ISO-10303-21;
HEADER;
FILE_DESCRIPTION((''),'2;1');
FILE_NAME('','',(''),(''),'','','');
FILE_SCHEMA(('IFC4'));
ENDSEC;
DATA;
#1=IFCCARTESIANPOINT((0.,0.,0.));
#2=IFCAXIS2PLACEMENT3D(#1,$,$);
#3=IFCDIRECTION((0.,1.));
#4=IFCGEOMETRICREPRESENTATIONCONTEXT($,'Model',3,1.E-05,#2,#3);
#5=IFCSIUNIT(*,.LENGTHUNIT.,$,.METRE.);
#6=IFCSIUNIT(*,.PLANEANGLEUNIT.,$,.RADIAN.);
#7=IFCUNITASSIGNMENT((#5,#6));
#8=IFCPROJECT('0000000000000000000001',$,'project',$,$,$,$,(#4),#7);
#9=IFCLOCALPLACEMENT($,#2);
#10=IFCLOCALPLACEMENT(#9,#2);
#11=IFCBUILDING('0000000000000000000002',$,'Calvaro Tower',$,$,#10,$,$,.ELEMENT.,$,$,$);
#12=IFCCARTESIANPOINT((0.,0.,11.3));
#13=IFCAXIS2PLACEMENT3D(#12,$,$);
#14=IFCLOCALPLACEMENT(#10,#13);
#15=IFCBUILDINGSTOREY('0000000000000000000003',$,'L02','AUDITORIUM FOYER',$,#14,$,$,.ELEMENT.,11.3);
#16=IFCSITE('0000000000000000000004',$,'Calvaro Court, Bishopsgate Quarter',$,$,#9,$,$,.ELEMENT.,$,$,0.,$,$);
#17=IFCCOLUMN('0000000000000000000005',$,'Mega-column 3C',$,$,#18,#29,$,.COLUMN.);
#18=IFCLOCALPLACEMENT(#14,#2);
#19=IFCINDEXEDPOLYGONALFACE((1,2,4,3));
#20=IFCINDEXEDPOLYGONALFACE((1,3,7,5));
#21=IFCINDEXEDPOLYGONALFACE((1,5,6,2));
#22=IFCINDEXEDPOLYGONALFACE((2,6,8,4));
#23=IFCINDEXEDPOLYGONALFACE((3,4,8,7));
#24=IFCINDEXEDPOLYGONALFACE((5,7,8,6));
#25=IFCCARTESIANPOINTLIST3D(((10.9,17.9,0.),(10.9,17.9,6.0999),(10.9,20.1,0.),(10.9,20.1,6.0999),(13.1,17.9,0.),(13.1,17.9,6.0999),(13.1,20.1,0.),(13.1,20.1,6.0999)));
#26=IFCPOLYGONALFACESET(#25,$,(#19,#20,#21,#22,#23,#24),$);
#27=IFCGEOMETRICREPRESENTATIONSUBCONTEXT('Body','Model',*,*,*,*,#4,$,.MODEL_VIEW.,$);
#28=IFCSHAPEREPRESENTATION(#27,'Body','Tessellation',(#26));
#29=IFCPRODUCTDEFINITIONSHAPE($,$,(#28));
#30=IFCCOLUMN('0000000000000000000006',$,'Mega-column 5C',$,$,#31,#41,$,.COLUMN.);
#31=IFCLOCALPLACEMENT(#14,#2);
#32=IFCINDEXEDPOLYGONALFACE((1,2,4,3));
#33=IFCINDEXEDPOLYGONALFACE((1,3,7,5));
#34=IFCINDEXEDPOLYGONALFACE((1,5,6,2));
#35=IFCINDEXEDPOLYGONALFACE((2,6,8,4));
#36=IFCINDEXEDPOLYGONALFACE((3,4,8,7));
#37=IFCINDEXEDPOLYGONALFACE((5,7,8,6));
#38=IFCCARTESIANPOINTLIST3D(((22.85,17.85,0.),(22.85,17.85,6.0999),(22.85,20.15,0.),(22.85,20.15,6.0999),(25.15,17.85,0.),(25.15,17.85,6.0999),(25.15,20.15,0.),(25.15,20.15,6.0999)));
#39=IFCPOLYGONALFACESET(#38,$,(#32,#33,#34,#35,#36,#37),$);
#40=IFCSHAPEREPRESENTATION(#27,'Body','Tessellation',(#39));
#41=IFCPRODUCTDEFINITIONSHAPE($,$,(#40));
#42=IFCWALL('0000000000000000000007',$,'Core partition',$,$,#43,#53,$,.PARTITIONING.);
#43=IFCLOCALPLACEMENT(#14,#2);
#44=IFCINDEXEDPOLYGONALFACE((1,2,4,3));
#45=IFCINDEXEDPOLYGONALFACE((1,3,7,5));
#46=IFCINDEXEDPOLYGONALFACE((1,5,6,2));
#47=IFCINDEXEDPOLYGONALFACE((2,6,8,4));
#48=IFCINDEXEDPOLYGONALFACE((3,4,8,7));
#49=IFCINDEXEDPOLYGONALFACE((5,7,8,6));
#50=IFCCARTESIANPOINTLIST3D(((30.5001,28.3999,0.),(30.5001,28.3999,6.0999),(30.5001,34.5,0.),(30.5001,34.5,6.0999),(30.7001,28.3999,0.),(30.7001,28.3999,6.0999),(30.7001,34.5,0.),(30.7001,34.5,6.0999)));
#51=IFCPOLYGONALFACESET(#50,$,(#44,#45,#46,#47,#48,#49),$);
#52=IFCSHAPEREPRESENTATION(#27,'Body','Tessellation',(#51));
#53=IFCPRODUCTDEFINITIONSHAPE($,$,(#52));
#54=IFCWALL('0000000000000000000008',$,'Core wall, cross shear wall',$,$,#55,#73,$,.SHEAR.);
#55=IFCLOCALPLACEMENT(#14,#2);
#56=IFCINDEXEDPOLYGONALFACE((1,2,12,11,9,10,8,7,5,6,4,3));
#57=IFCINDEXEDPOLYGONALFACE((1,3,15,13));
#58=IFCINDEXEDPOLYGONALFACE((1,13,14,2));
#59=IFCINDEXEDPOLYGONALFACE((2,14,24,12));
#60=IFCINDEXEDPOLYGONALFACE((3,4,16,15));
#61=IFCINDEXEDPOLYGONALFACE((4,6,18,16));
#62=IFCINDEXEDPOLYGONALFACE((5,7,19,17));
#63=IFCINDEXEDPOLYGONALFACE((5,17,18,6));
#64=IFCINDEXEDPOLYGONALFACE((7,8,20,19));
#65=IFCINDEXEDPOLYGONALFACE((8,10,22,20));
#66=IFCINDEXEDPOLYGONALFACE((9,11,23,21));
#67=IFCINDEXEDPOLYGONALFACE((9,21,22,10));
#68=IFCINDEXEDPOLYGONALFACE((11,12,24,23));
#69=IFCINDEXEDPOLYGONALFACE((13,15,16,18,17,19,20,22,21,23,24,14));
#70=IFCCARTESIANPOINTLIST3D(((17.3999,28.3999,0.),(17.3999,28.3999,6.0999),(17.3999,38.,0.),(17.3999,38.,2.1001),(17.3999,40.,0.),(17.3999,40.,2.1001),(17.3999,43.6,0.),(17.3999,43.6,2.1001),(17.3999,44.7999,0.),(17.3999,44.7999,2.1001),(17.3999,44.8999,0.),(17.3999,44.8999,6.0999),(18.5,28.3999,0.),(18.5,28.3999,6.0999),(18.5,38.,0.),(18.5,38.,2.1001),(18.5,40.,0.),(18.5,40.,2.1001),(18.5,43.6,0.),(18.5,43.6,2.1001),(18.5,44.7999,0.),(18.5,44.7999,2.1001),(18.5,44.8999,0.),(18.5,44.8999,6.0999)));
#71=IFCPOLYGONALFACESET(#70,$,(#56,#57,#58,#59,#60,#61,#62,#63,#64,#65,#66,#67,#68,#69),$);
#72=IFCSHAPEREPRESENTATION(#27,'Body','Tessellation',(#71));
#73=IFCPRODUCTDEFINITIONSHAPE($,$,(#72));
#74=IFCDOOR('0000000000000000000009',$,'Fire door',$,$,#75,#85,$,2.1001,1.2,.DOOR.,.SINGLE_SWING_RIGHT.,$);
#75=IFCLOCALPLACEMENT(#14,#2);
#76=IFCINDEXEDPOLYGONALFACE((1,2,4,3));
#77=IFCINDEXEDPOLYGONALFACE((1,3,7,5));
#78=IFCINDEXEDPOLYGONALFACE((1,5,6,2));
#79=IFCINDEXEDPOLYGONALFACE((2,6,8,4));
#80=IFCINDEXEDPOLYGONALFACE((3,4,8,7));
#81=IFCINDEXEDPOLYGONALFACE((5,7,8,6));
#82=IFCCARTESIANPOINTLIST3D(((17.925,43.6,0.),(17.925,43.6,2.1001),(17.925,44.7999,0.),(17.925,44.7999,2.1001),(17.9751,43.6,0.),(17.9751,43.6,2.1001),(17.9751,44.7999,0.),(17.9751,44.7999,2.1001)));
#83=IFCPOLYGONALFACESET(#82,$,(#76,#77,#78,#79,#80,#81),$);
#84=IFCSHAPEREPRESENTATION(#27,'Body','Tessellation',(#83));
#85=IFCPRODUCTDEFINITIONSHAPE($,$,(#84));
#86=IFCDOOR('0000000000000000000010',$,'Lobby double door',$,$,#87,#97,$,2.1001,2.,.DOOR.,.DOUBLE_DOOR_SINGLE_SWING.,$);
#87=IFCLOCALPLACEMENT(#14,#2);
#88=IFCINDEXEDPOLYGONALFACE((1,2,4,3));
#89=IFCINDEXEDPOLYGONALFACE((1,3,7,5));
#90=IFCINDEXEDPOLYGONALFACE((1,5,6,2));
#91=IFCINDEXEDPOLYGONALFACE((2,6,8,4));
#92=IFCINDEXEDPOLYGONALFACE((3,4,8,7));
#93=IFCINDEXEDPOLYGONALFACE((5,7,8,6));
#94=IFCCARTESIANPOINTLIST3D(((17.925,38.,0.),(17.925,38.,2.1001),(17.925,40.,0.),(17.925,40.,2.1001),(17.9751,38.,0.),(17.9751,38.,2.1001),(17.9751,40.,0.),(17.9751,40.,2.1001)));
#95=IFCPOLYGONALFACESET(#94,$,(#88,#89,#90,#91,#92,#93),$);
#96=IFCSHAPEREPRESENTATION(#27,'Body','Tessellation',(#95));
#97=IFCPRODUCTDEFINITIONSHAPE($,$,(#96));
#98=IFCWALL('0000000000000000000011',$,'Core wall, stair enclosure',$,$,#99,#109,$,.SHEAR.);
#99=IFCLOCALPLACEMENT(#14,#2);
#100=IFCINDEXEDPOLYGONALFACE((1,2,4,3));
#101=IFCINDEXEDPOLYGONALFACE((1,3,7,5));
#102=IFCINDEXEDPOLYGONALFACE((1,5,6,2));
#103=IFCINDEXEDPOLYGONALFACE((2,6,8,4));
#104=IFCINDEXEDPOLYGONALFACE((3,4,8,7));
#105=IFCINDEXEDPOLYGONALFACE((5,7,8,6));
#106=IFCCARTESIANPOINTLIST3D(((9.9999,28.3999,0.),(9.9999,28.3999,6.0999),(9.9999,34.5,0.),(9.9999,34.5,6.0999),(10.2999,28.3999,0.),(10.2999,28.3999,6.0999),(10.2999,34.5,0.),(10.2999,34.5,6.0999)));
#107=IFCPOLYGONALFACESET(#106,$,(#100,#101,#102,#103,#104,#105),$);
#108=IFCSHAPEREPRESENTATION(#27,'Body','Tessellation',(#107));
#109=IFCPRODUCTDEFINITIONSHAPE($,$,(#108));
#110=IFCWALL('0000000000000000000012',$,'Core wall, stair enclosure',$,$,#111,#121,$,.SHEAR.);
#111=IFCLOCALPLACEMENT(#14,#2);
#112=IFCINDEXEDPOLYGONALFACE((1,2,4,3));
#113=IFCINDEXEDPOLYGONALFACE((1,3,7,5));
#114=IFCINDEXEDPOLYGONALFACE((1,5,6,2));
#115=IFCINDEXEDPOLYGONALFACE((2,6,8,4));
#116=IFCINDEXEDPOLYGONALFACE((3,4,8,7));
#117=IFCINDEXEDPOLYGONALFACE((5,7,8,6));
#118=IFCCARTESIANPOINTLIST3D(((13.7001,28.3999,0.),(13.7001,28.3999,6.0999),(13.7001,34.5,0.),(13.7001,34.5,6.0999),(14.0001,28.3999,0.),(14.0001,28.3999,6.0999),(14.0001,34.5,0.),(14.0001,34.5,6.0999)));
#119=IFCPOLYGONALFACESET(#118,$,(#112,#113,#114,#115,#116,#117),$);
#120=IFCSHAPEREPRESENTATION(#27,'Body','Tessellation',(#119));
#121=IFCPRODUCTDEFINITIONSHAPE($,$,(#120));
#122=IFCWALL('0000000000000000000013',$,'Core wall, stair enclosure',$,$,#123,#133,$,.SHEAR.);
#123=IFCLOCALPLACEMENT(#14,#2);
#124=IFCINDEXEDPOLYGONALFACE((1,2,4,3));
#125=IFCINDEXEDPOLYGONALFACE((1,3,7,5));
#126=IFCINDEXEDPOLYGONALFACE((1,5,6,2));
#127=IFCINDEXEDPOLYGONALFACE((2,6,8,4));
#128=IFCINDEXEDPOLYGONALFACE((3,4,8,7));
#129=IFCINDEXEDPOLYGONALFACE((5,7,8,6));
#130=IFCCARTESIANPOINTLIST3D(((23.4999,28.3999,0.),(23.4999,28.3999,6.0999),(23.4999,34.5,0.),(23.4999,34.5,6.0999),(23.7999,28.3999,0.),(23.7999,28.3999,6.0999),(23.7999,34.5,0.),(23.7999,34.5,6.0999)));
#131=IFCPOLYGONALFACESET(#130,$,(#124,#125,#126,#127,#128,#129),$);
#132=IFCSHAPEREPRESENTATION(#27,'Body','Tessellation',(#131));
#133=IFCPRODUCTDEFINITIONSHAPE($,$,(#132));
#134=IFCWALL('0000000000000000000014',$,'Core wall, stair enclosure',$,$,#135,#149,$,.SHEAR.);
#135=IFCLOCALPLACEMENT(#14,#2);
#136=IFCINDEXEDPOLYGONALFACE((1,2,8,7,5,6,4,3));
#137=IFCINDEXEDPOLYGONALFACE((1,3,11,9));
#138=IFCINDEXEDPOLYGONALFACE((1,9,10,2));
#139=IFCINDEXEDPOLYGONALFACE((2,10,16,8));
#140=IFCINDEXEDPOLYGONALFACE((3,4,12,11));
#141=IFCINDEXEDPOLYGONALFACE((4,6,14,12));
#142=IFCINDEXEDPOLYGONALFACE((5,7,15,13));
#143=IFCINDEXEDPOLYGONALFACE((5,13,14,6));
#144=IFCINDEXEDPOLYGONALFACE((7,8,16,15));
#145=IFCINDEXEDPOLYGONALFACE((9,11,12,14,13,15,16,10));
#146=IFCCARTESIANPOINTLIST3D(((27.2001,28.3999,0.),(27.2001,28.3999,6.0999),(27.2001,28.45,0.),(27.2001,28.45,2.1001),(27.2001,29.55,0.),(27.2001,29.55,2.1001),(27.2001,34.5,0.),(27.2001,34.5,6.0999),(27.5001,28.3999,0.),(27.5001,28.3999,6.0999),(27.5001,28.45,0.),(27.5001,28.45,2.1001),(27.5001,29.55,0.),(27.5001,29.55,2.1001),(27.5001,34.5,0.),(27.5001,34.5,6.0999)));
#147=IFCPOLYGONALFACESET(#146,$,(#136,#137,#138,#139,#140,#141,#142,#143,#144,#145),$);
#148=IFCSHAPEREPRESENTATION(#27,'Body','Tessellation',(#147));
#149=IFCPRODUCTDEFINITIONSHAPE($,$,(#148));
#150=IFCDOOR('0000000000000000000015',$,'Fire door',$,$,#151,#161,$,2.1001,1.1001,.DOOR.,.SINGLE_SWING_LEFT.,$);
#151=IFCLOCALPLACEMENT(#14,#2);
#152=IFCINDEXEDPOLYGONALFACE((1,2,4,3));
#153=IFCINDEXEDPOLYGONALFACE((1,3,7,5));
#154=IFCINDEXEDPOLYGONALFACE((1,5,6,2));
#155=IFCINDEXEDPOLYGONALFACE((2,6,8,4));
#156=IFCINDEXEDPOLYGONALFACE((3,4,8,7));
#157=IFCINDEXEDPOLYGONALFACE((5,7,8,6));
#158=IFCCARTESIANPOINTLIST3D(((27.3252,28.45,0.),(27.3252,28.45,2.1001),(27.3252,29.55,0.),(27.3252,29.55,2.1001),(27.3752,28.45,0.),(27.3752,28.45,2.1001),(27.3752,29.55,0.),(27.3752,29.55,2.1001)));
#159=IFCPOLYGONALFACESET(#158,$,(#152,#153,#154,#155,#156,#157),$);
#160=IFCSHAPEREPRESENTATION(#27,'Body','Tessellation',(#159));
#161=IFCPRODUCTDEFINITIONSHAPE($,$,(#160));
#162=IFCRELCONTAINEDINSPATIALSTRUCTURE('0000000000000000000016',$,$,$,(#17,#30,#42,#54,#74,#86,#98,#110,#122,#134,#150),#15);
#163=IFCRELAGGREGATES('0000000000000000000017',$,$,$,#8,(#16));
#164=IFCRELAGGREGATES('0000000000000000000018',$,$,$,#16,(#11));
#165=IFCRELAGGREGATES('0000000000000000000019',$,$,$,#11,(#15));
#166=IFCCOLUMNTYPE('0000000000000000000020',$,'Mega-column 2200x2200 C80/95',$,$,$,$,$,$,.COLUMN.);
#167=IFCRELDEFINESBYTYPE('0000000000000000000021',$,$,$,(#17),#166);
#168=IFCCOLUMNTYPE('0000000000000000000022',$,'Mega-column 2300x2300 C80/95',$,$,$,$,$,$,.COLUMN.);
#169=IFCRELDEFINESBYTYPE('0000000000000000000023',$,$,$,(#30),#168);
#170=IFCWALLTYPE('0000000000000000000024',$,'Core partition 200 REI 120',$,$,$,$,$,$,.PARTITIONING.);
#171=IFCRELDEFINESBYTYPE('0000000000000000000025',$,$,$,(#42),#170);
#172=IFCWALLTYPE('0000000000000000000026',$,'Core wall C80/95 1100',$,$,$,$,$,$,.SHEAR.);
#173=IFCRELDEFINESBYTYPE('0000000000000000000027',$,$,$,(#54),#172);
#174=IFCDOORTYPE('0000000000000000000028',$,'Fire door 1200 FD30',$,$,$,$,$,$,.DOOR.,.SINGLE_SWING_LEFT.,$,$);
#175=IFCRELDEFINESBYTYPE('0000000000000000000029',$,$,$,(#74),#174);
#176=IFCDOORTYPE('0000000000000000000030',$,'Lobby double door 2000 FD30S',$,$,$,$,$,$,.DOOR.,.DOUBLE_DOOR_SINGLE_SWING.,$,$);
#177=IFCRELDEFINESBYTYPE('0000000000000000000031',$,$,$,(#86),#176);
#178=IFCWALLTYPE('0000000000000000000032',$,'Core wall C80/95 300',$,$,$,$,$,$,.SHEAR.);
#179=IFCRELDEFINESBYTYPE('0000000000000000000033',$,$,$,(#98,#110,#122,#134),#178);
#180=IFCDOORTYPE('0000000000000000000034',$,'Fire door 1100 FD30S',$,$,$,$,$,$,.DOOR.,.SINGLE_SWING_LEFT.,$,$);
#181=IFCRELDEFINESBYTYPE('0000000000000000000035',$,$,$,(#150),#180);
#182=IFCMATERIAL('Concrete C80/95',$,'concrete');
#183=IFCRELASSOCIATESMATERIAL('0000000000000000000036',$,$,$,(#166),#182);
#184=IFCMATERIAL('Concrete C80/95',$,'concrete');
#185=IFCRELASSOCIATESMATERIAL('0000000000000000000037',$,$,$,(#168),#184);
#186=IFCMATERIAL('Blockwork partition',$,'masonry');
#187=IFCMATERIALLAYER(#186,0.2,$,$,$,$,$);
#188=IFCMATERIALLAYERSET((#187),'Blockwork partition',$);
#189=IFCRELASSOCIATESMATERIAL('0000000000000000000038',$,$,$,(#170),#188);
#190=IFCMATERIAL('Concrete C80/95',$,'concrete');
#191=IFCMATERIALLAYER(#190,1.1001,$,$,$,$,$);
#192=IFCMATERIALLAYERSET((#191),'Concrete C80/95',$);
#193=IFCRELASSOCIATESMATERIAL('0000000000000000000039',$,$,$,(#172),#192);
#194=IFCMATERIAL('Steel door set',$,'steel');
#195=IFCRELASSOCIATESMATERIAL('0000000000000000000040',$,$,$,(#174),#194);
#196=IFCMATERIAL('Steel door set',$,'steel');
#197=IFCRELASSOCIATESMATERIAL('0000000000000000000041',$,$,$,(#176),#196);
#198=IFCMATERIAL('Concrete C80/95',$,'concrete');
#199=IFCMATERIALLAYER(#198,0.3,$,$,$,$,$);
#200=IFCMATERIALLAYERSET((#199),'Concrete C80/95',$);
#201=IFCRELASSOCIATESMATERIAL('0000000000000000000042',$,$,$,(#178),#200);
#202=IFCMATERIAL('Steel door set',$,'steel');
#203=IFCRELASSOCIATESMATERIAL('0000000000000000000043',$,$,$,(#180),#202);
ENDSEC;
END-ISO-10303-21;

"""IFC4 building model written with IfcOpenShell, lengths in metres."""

from ifc_helpers import new_model, si_unit, direction, frame, frame_2d, origin, origin_2d, place, context, subcontext, project, spatial, rectangle, extrude, material, layer, layer_set, material_profile, profile_set, type_object, element, fill, save


model = new_model("IFC4")

# Units and contexts
model_context = context("Model", 3, precision=1e-05, world=origin(), true_north=direction((0.0, 1.0)))
body_context = subcontext(model_context, "Body", "Model", "MODEL_VIEW")
ifc_project = project(units=[si_unit("LENGTHUNIT", "METRE"), si_unit("PLANEANGLEUNIT", "RADIAN")], contexts=[model_context])

# Site, building, storey
site_placement = place(None, origin())
site = spatial("IfcSite", under=ifc_project, at=site_placement, Name="Calvaro Court, Bishopsgate Quarter", CompositionType="ELEMENT", RefElevation=0.0)
building_placement = place(site_placement, origin())
building = spatial("IfcBuilding", under=site, at=building_placement, Name="Calvaro Tower", CompositionType="ELEMENT")
storey_placement = place(building_placement, frame((0.0, 0.0, 11.3)))
storey = spatial("IfcBuildingStorey", under=building, at=storey_placement, Name="L02", Description="AUDITORIUM FOYER", CompositionType="ELEMENT", Elevation=11.3)

# Columns
ifc_material_1 = material(Name="Concrete C80/95", Category="concrete")
ifc_material_profile_1 = material_profile(ifc_material_1, rectangle(XDim=2.2, YDim=2.2, at=origin_2d()), Name="RC 2200x2200")
ifc_profile_set_1 = profile_set([ifc_material_profile_1], Name="Concrete C80/95")
column_type_1 = type_object("IfcColumnType", Name="Mega-column 2200x2200 C80/95", PredefinedType="COLUMN", material=ifc_profile_set_1)
column_1_placement = place(storey_placement, frame((12.0, 19.0, 0.0), z_axis=(0.0, 0.0, 1.0), x_axis=(1.0, 0.0, 0.0)))
element("IfcColumn", 1, at=column_1_placement, inside=storey, type_object=column_type_1, Name="Mega-column 3C", PredefinedType="COLUMN", context=body_context, shape_type="SweptSolid", body=[
    extrude(rectangle(XDim=2.2, YDim=2.2, at=origin_2d()), origin(), (0.0, 0.0, 1.0), 6.0999),
])
ifc_material_2 = material(Name="Concrete C80/95", Category="concrete")
ifc_material_profile_2 = material_profile(ifc_material_2, rectangle(XDim=2.3, YDim=2.3, at=origin_2d()), Name="RC 2300x2300")
ifc_profile_set_2 = profile_set([ifc_material_profile_2], Name="Concrete C80/95")
column_type_2 = type_object("IfcColumnType", Name="Mega-column 2300x2300 C80/95", PredefinedType="COLUMN", material=ifc_profile_set_2)
column_2_placement = place(storey_placement, frame((24.0, 19.0, 0.0), z_axis=(0.0, 0.0, 1.0), x_axis=(1.0, 0.0, 0.0)))
element("IfcColumn", 2, at=column_2_placement, inside=storey, type_object=column_type_2, Name="Mega-column 5C", PredefinedType="COLUMN", context=body_context, shape_type="SweptSolid", body=[
    extrude(rectangle(XDim=2.3, YDim=2.3, at=origin_2d()), origin(), (0.0, 0.0, 1.0), 6.0999),
])

# Wall
ifc_material_3 = material(Name="Blockwork partition", Category="masonry")
ifc_layer_1 = layer(ifc_material_3, 0.2)
ifc_layer_set_1 = layer_set([ifc_layer_1], Name="Blockwork partition")
wall_type_1 = type_object("IfcWallType", Name="Core partition 200 REI 120", PredefinedType="PARTITIONING", material=ifc_layer_set_1)
wall_1_placement = place(storey_placement, frame((30.6001, 28.3999, 0.0), z_axis=(0.0, 0.0, 1.0), x_axis=(0.0, 1.0, 0.0)))
element("IfcWall", 3, at=wall_1_placement, inside=storey, type_object=wall_type_1, Name="Core partition", PredefinedType="PARTITIONING", context=body_context, shape_type="SweptSolid", body=[
    extrude(rectangle(XDim=6.1001, YDim=0.2, at=frame_2d((3.05, 0.0))), origin(), (0.0, 0.0, 1.0), 6.0999),
])

# Wall, openings, doors
ifc_material_4 = material(Name="Concrete C80/95", Category="concrete")
ifc_layer_2 = layer(ifc_material_4, 1.1001)
ifc_layer_set_2 = layer_set([ifc_layer_2], Name="Concrete C80/95")
wall_type_2 = type_object("IfcWallType", Name="Core wall C80/95 1100", PredefinedType="SHEAR", material=ifc_layer_set_2)
wall_2_placement = place(storey_placement, frame((17.95, 28.3999, 0.0), z_axis=(0.0, 0.0, 1.0), x_axis=(0.0, 1.0, 0.0)))
wall_2 = element("IfcWall", 4, at=wall_2_placement, inside=storey, type_object=wall_type_2, Name="Core wall, cross shear wall", PredefinedType="SHEAR", context=body_context, shape_type="SweptSolid", body=[
    extrude(rectangle(XDim=16.5, YDim=1.1001, at=frame_2d((8.25, 0.0))), origin(), (0.0, 0.0, 1.0), 6.0999),
])
opening_1_placement = place(wall_2_placement, frame((9.6001, 0.0, 0.0)))
opening_1 = element("IfcOpeningElement", 5, at=opening_1_placement, cuts=wall_2, PredefinedType="OPENING", context=body_context, shape_type="SweptSolid", body=[
    extrude(rectangle(XDim=2.0, YDim=2.1001, at=frame_2d((1.0, 1.05))), frame((0.0, 0.5601, 0.0), z_axis=(0.0, -1.0, 0.0), x_axis=(1.0, 0.0, 0.0)), (0.0, 0.0, 1.0), 1.1201),
])
opening_2_placement = place(wall_2_placement, frame((15.2, 0.0, 0.0)))
opening_2 = element("IfcOpeningElement", 6, at=opening_2_placement, cuts=wall_2, PredefinedType="OPENING", context=body_context, shape_type="SweptSolid", body=[
    extrude(rectangle(XDim=1.2, YDim=2.1001, at=frame_2d((0.6001, 1.05))), frame((0.0, 0.5601, 0.0), z_axis=(0.0, -1.0, 0.0), x_axis=(1.0, 0.0, 0.0)), (0.0, 0.0, 1.0), 1.1201),
])
ifc_material_5 = material(Name="Steel door set", Category="steel")
door_type_1 = type_object("IfcDoorType", Name="Fire door 1200 FD30", OperationType="SINGLE_SWING_LEFT", PredefinedType="DOOR", material=ifc_material_5)
door_1_placement = place(opening_2_placement, origin())
door_1 = element("IfcDoor", 7, at=door_1_placement, inside=storey, type_object=door_type_1, Name="Fire door", OperationType="SINGLE_SWING_RIGHT", OverallHeight=2.1001, OverallWidth=1.2, PredefinedType="DOOR", context=body_context, shape_type="SweptSolid", body=[
    extrude(rectangle(XDim=1.2, YDim=2.1001, at=frame_2d((0.6001, 1.05))), frame((0.0, 0.0249, 0.0), z_axis=(0.0, -1.0, 0.0), x_axis=(1.0, 0.0, 0.0)), (0.0, 0.0, 1.0), 0.05),
])
fill(opening_2, door_1)
ifc_material_6 = material(Name="Steel door set", Category="steel")
door_type_2 = type_object("IfcDoorType", Name="Lobby double door 2000 FD30S", OperationType="DOUBLE_DOOR_SINGLE_SWING", PredefinedType="DOOR", material=ifc_material_6)
door_2_placement = place(opening_1_placement, origin())
door_2 = element("IfcDoor", 8, at=door_2_placement, inside=storey, type_object=door_type_2, Name="Lobby double door", OperationType="DOUBLE_DOOR_SINGLE_SWING", OverallHeight=2.1001, OverallWidth=2.0, PredefinedType="DOOR", context=body_context, shape_type="SweptSolid", body=[
    extrude(rectangle(XDim=2.0, YDim=2.1001, at=frame_2d((1.0, 1.05))), frame((0.0, 0.0249, 0.0), z_axis=(0.0, -1.0, 0.0), x_axis=(1.0, 0.0, 0.0)), (0.0, 0.0, 1.0), 0.05),
])
fill(opening_1, door_2)

# Walls
ifc_material_7 = material(Name="Concrete C80/95", Category="concrete")
ifc_layer_3 = layer(ifc_material_7, 0.3)
ifc_layer_set_3 = layer_set([ifc_layer_3], Name="Concrete C80/95")
wall_type_3 = type_object("IfcWallType", Name="Core wall C80/95 300", PredefinedType="SHEAR", material=ifc_layer_set_3)
for number, where, z_axis, x_axis, name in (
    (9, (10.1499, 28.3999, 0.0), (0.0, 0.0, 1.0), (0.0, 1.0, 0.0), "Core wall, stair enclosure"),
    (10, (13.8501, 28.3999, 0.0), (0.0, 0.0, 1.0), (0.0, 1.0, 0.0), "Core wall, stair enclosure"),
    (11, (23.6499, 28.3999, 0.0), (0.0, 0.0, 1.0), (0.0, 1.0, 0.0), "Core wall, stair enclosure"),
):
    element("IfcWall", number, at=place(storey_placement, frame(where, z_axis=z_axis, x_axis=x_axis)), inside=storey, type_object=wall_type_3, Name=name, PredefinedType="SHEAR", context=body_context, shape_type="SweptSolid", body=[
        extrude(rectangle(XDim=6.1001, YDim=0.3, at=frame_2d((3.05, 0.0))), origin(), (0.0, 0.0, 1.0), 6.0999),
    ])

# Wall, opening, door
wall_3_placement = place(storey_placement, frame((27.3501, 28.3999, 0.0), z_axis=(0.0, 0.0, 1.0), x_axis=(0.0, 1.0, 0.0)))
wall_3 = element("IfcWall", 12, at=wall_3_placement, inside=storey, type_object=wall_type_3, Name="Core wall, stair enclosure", PredefinedType="SHEAR", context=body_context, shape_type="SweptSolid", body=[
    extrude(rectangle(XDim=6.1001, YDim=0.3, at=frame_2d((3.05, 0.0))), origin(), (0.0, 0.0, 1.0), 6.0999),
])
opening_3_placement = place(wall_3_placement, frame((0.05, 0.0, 0.0)))
opening_3 = element("IfcOpeningElement", 13, at=opening_3_placement, cuts=wall_3, PredefinedType="OPENING", context=body_context, shape_type="SweptSolid", body=[
    extrude(rectangle(XDim=1.1001, YDim=2.1001, at=frame_2d((0.55, 1.05))), frame((0.0, 0.1599, 0.0), z_axis=(0.0, -1.0, 0.0), x_axis=(1.0, 0.0, 0.0)), (0.0, 0.0, 1.0), 0.3201),
])
ifc_material_8 = material(Name="Steel door set", Category="steel")
door_type_3 = type_object("IfcDoorType", Name="Fire door 1100 FD30S", OperationType="SINGLE_SWING_LEFT", PredefinedType="DOOR", material=ifc_material_8)
door_3_placement = place(opening_3_placement, origin())
door_3 = element("IfcDoor", 14, at=door_3_placement, inside=storey, type_object=door_type_3, Name="Fire door", OperationType="SINGLE_SWING_LEFT", OverallHeight=2.1001, OverallWidth=1.1001, PredefinedType="DOOR", context=body_context, shape_type="SweptSolid", body=[
    extrude(rectangle(XDim=1.1001, YDim=2.1001, at=frame_2d((0.55, 1.05))), frame((0.0, 0.0249, 0.0), z_axis=(0.0, -1.0, 0.0), x_axis=(1.0, 0.0, 0.0)), (0.0, 0.0, 1.0), 0.05),
])
fill(opening_3, door_3)

save(model, "model.ifc")
